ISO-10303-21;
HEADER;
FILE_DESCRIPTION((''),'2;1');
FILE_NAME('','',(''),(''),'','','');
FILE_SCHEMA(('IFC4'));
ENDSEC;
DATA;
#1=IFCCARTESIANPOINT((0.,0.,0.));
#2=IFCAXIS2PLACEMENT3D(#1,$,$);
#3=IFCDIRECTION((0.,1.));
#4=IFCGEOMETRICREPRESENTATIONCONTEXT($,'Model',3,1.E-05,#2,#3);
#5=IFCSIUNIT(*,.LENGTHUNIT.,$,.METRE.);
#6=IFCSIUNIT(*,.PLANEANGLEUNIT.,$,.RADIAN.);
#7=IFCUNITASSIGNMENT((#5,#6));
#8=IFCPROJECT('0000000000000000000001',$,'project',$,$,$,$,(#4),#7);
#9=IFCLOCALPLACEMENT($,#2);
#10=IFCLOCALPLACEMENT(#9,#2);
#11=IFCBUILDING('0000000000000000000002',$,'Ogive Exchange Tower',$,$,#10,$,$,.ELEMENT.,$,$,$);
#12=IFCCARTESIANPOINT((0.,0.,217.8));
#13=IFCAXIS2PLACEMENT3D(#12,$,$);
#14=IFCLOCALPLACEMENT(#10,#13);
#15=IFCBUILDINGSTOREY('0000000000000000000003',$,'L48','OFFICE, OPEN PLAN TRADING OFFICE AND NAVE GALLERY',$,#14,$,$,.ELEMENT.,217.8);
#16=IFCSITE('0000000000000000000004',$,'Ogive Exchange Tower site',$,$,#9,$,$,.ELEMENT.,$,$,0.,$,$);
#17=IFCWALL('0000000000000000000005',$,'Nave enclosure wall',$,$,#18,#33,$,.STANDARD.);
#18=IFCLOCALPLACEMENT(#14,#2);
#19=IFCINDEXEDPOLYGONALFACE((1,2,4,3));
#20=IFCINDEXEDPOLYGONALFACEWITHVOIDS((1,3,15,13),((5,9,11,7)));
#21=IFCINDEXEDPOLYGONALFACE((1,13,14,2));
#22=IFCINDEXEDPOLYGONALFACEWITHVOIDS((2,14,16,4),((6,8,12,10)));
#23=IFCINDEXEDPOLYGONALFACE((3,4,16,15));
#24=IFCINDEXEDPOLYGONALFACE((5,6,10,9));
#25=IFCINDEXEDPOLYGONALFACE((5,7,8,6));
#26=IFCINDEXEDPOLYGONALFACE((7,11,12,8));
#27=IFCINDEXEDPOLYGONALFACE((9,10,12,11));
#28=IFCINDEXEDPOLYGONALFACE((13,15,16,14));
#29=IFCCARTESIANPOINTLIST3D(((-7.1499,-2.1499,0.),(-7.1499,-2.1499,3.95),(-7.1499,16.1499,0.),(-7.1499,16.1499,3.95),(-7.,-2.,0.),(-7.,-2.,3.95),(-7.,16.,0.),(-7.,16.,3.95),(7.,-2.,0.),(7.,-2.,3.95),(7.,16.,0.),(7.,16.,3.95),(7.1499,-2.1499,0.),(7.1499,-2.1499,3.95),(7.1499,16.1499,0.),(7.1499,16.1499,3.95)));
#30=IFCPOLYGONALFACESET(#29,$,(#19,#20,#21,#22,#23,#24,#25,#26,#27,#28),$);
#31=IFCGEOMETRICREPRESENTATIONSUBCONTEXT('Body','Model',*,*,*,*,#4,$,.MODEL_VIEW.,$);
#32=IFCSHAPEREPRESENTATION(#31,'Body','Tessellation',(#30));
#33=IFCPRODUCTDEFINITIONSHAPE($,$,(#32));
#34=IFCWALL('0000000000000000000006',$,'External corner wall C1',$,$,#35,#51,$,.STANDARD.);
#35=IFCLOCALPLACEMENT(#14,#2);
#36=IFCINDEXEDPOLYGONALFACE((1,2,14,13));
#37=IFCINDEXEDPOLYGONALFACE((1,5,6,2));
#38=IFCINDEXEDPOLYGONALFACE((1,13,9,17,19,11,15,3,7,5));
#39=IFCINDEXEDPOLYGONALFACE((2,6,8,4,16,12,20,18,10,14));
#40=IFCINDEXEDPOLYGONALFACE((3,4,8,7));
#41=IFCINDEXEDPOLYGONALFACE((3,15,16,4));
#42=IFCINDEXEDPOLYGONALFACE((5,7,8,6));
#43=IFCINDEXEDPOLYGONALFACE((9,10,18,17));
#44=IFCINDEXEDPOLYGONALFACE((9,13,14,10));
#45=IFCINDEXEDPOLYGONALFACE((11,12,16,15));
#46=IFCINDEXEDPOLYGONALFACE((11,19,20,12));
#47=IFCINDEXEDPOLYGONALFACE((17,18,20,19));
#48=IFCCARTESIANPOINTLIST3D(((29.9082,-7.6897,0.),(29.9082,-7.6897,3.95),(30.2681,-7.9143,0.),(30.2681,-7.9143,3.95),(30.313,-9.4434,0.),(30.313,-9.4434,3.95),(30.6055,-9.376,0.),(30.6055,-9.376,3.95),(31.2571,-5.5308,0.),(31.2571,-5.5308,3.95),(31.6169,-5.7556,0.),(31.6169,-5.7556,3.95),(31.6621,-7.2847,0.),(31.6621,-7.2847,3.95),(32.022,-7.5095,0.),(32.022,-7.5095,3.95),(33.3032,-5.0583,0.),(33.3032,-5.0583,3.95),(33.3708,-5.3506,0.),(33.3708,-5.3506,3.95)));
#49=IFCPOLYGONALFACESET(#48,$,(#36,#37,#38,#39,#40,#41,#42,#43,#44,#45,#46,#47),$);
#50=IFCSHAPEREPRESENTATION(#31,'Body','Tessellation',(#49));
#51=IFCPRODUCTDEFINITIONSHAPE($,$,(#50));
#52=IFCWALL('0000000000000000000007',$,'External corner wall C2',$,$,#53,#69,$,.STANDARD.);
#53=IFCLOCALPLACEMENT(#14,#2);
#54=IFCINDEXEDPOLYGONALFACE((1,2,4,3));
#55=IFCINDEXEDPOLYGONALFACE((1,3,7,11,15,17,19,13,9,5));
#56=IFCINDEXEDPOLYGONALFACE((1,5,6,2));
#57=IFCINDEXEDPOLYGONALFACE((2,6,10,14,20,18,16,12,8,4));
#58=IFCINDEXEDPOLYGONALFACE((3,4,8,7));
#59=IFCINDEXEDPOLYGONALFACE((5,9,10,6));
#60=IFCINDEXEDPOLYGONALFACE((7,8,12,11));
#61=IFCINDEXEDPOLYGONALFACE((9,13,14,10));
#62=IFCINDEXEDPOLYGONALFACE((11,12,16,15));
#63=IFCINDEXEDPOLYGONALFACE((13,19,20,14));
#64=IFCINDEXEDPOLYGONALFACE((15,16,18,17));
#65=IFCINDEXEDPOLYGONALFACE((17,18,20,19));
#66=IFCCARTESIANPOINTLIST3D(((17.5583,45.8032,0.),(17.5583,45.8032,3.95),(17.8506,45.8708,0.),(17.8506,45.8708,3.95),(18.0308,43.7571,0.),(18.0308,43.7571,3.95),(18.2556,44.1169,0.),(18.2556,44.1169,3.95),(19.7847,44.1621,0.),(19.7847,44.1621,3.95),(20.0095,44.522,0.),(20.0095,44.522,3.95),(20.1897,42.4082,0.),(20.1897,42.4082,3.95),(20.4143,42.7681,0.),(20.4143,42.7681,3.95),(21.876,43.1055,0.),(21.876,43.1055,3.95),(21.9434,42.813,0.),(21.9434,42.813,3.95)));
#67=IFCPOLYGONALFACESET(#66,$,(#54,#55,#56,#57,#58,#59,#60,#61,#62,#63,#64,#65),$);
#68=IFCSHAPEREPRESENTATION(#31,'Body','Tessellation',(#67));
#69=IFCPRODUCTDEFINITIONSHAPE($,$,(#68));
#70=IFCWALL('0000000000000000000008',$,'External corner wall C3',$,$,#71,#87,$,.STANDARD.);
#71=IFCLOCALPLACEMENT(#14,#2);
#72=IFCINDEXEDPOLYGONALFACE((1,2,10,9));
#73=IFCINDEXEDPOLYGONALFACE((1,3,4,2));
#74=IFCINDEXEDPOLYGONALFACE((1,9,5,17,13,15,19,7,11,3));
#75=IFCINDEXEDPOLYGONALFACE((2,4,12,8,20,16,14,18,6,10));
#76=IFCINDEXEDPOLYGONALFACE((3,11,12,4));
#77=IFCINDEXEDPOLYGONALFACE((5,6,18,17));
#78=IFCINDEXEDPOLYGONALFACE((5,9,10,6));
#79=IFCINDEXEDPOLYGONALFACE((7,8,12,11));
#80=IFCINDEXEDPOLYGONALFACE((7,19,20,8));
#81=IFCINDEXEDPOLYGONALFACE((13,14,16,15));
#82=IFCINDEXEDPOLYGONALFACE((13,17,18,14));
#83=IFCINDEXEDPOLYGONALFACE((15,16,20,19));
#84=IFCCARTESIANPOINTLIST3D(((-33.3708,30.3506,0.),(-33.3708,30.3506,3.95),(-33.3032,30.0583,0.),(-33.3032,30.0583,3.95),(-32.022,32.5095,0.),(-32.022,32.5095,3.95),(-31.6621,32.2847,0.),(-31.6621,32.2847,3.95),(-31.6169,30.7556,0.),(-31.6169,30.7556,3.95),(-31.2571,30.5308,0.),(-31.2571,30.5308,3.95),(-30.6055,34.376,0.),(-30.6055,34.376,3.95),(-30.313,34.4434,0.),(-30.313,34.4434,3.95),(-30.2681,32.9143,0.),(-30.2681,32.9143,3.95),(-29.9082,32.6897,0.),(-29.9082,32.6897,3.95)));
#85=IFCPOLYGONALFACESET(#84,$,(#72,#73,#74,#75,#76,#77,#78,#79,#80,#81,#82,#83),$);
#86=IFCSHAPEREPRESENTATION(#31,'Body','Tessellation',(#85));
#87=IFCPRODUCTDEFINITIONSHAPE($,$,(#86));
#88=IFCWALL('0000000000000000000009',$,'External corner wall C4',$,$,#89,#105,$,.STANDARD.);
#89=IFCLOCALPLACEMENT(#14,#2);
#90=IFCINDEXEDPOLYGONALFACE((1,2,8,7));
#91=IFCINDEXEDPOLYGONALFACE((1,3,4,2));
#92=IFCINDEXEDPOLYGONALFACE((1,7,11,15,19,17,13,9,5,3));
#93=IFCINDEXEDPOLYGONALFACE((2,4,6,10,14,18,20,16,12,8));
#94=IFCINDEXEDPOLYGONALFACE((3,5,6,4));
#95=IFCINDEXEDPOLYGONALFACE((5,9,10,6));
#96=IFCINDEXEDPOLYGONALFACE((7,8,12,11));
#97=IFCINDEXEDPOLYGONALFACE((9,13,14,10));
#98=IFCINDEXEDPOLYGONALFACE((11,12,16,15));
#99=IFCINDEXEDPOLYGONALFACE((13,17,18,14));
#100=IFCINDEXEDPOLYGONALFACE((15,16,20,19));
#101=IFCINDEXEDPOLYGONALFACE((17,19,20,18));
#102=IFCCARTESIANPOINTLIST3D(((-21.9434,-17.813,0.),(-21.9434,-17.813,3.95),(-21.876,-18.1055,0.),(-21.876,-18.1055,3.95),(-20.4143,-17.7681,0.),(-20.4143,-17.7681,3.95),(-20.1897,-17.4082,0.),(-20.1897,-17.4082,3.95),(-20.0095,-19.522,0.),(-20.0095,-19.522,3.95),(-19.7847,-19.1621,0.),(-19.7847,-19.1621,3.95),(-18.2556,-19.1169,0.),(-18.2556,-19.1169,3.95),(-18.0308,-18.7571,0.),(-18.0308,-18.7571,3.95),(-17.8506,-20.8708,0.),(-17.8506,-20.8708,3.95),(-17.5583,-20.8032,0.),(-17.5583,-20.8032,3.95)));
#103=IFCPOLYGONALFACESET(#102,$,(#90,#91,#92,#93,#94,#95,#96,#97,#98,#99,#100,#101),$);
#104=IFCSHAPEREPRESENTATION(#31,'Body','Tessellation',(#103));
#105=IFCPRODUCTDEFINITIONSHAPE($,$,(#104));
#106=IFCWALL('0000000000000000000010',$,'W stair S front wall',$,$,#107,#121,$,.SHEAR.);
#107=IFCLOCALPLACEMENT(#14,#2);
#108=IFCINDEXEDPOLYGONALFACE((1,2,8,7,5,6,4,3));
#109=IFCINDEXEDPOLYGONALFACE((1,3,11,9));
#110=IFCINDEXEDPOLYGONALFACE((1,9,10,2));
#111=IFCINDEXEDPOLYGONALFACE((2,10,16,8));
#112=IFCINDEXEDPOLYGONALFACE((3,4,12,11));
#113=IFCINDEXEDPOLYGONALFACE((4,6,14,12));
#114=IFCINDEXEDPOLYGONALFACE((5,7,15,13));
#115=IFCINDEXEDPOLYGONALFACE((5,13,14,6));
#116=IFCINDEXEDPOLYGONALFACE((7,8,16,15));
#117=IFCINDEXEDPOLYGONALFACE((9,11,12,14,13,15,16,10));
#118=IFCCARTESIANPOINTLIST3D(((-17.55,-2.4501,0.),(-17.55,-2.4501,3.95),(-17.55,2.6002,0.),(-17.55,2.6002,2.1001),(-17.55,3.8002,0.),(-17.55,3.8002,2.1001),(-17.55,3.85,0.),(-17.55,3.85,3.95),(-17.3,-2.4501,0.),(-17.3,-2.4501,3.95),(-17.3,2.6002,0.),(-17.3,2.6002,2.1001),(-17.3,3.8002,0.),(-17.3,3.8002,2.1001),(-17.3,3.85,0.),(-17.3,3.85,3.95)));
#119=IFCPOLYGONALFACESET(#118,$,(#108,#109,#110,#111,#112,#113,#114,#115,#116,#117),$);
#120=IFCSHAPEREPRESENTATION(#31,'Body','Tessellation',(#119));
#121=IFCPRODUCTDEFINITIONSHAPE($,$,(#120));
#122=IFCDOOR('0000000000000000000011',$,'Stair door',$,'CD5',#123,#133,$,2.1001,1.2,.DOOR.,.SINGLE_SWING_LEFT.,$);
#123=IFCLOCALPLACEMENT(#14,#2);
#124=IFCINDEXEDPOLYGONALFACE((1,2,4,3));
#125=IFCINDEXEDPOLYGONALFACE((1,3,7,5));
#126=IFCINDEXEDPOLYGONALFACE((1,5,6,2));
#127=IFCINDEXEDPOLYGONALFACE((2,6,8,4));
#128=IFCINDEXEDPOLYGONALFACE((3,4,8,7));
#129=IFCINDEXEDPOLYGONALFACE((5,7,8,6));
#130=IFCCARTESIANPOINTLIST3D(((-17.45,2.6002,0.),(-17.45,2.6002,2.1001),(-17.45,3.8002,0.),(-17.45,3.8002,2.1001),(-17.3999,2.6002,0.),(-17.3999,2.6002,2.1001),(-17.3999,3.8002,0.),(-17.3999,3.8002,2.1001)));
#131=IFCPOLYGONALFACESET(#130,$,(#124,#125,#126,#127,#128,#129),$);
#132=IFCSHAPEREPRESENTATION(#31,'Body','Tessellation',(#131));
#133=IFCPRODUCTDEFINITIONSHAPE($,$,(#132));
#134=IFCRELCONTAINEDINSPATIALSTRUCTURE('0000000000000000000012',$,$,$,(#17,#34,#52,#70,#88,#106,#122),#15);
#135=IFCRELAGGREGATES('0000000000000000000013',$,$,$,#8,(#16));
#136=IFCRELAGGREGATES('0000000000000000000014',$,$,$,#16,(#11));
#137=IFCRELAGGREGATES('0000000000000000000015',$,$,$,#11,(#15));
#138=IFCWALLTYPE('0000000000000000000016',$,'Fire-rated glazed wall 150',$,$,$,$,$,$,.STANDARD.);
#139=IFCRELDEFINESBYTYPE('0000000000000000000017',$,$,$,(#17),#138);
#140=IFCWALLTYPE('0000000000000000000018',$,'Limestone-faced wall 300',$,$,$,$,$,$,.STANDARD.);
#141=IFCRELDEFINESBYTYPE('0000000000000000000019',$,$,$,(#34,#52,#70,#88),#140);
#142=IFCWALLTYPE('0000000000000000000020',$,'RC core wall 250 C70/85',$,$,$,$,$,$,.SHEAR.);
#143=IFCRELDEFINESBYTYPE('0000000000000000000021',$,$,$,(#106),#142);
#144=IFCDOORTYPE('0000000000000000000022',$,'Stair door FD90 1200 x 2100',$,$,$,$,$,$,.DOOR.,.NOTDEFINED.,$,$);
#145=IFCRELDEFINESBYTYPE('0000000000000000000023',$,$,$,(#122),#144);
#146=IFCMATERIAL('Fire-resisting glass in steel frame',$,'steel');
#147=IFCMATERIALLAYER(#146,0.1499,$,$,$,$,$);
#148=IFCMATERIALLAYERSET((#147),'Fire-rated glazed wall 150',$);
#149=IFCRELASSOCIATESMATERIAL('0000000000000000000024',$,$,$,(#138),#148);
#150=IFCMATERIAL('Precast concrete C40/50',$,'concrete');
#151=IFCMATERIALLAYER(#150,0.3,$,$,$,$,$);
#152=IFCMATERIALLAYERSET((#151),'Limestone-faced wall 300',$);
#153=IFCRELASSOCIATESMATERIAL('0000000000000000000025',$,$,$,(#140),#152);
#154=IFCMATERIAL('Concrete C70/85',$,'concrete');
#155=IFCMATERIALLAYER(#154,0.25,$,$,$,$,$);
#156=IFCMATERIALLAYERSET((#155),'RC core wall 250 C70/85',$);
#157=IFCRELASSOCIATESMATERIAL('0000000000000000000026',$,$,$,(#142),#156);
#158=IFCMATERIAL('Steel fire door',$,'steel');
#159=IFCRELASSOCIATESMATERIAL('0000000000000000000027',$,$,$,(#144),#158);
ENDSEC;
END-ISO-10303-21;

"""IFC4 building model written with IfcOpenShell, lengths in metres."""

from ifc_helpers import new_model, si_unit, direction, frame, frame_2d, origin, place, context, subcontext, project, spatial, polyline, rectangle, outline, extrude, material, layer, layer_set, type_object, element, fill, save


model = new_model("IFC4")

# Units and contexts
model_context = context("Model", 3, precision=1e-05, world=origin(), true_north=direction((0.0, 1.0)))
body_context = subcontext(model_context, "Body", "Model", "MODEL_VIEW")
ifc_project = project(units=[si_unit("LENGTHUNIT", "METRE"), si_unit("PLANEANGLEUNIT", "RADIAN")], contexts=[model_context])

# Site, building, storey
site_placement = place(None, origin())
site = spatial("IfcSite", under=ifc_project, at=site_placement, Name="Ogive Exchange Tower site", CompositionType="ELEMENT", RefElevation=0.0)
building_placement = place(site_placement, origin())
building = spatial("IfcBuilding", under=site, at=building_placement, Name="Ogive Exchange Tower", CompositionType="ELEMENT")
storey_placement = place(building_placement, frame((0.0, 0.0, 217.8)))
storey = spatial("IfcBuildingStorey", under=building, at=storey_placement, Name="L48", Description="OFFICE, OPEN PLAN TRADING OFFICE AND NAVE GALLERY", CompositionType="ELEMENT", Elevation=217.8)

# Walls
ifc_material_1 = material(Name="Fire-resisting glass in steel frame", Category="steel")
ifc_layer_1 = layer(ifc_material_1, 0.1499)
ifc_layer_set_1 = layer_set([ifc_layer_1], Name="Fire-rated glazed wall 150")
wall_type_1 = type_object("IfcWallType", Name="Fire-rated glazed wall 150", PredefinedType="STANDARD", material=ifc_layer_set_1)
wall_1_placement = place(storey_placement, origin())
element("IfcWall", 1, at=wall_1_placement, inside=storey, type_object=wall_type_1, Name="Nave enclosure wall", PredefinedType="STANDARD", context=body_context, shape_type="SweptSolid", body=[
    extrude(outline(polyline([(-7.1499, -2.1499), (7.1499, -2.1499), (7.1499, 16.1499), (-7.1499, 16.1499), (-7.1499, -2.1499)]), holes=[polyline([(-7.0, -2.0), (-7.0, 16.0), (7.0, 16.0), (7.0, -2.0), (-7.0, -2.0)])]), origin(), (0.0, 0.0, 1.0), 3.95),
])
ifc_material_2 = material(Name="Precast concrete C40/50", Category="concrete")
ifc_layer_2 = layer(ifc_material_2, 0.3)
ifc_layer_set_2 = layer_set([ifc_layer_2], Name="Limestone-faced wall 300")
wall_type_2 = type_object("IfcWallType", Name="Limestone-faced wall 300", PredefinedType="STANDARD", material=ifc_layer_set_2)
wall_2_placement = place(storey_placement, origin())
element("IfcWall", 2, at=wall_2_placement, inside=storey, type_object=wall_type_2, Name="External corner wall C1", PredefinedType="STANDARD", context=body_context, shape_type="SweptSolid", body=[
    extrude(outline(polyline([(31.6621, -7.2847), (31.2571, -5.5308), (33.3032, -5.0583), (33.3708, -5.3506), (31.6169, -5.7556), (32.022, -7.5095), (30.2681, -7.9143), (30.6055, -9.376), (30.313, -9.4434), (29.9082, -7.6897), (31.6621, -7.2847)])), origin(), (0.0, 0.0, 1.0), 3.95),
])
wall_3_placement = place(storey_placement, origin())
element("IfcWall", 3, at=wall_3_placement, inside=storey, type_object=wall_type_2, Name="External corner wall C2", PredefinedType="STANDARD", context=body_context, shape_type="SweptSolid", body=[
    extrude(outline(polyline([(19.7847, 44.1621), (18.0308, 43.7571), (17.5583, 45.8032), (17.8506, 45.8708), (18.2556, 44.1169), (20.0095, 44.522), (20.4143, 42.7681), (21.876, 43.1055), (21.9434, 42.813), (20.1897, 42.4082), (19.7847, 44.1621)])), origin(), (0.0, 0.0, 1.0), 3.95),
])
wall_4_placement = place(storey_placement, origin())
element("IfcWall", 4, at=wall_4_placement, inside=storey, type_object=wall_type_2, Name="External corner wall C3", PredefinedType="STANDARD", context=body_context, shape_type="SweptSolid", body=[
    extrude(outline(polyline([(-31.6169, 30.7556), (-32.022, 32.5095), (-30.2681, 32.9143), (-30.6055, 34.376), (-30.313, 34.4434), (-29.9082, 32.6897), (-31.6621, 32.2847), (-31.2571, 30.5308), (-33.3032, 30.0583), (-33.3708, 30.3506), (-31.6169, 30.7556)])), origin(), (0.0, 0.0, 1.0), 3.95),
])
wall_5_placement = place(storey_placement, origin())
element("IfcWall", 5, at=wall_5_placement, inside=storey, type_object=wall_type_2, Name="External corner wall C4", PredefinedType="STANDARD", context=body_context, shape_type="SweptSolid", body=[
    extrude(outline(polyline([(-18.2556, -19.1169), (-20.0095, -19.522), (-20.4143, -17.7681), (-21.876, -18.1055), (-21.9434, -17.813), (-20.1897, -17.4082), (-19.7847, -19.1621), (-18.0308, -18.7571), (-17.5583, -20.8032), (-17.8506, -20.8708), (-18.2556, -19.1169)])), origin(), (0.0, 0.0, 1.0), 3.95),
])

# Wall, opening, door
ifc_material_3 = material(Name="Concrete C70/85", Category="concrete")
ifc_layer_3 = layer(ifc_material_3, 0.25)
ifc_layer_set_3 = layer_set([ifc_layer_3], Name="RC core wall 250 C70/85")
wall_type_3 = type_object("IfcWallType", Name="RC core wall 250 C70/85", PredefinedType="SHEAR", material=ifc_layer_set_3)
wall_6_placement = place(storey_placement, frame((-17.425, -2.45, 0.0), z_axis=(0.0, 0.0, 1.0), x_axis=(0.0, 1.0, 0.0)))
wall_6 = element("IfcWall", 6, at=wall_6_placement, inside=storey, type_object=wall_type_3, Name="W stair S front wall", PredefinedType="SHEAR", context=body_context, shape_type="SweptSolid", body=[
    extrude(rectangle(XDim=6.3, YDim=0.25, at=frame_2d((3.1499, 0.0))), origin(), (0.0, 0.0, 1.0), 3.95),
])
opening_1_placement = place(wall_6_placement, frame((5.05, 0.0, 0.0)))
opening_1 = element("IfcOpeningElement", 7, at=opening_1_placement, cuts=wall_6, PredefinedType="OPENING", context=body_context, shape_type="SweptSolid", body=[
    extrude(rectangle(XDim=1.2, YDim=2.1001, at=frame_2d((0.6001, 1.05))), frame((0.0, 0.135, 0.0), z_axis=(0.0, -1.0, 0.0), x_axis=(1.0, 0.0, 0.0)), (0.0, 0.0, 1.0), 0.27),
])
ifc_material_4 = material(Name="Steel fire door", Category="steel")
door_type_1 = type_object("IfcDoorType", Name="Stair door FD90 1200 x 2100", OperationType="NOTDEFINED", PredefinedType="DOOR", material=ifc_material_4)
door_1_placement = place(opening_1_placement, origin())
door_1 = element("IfcDoor", 8, at=door_1_placement, inside=storey, type_object=door_type_1, Name="Stair door", ObjectType="CD5", OperationType="SINGLE_SWING_LEFT", OverallHeight=2.1001, OverallWidth=1.2, PredefinedType="DOOR", context=body_context, shape_type="SweptSolid", body=[
    extrude(rectangle(XDim=1.2, YDim=2.1001, at=frame_2d((0.6001, 1.05))), frame((0.0, 0.0249, 0.0), z_axis=(0.0, -1.0, 0.0), x_axis=(1.0, 0.0, 0.0)), (0.0, 0.0, 1.0), 0.05),
])
fill(opening_1, door_1)

save(model, "model.ifc")
